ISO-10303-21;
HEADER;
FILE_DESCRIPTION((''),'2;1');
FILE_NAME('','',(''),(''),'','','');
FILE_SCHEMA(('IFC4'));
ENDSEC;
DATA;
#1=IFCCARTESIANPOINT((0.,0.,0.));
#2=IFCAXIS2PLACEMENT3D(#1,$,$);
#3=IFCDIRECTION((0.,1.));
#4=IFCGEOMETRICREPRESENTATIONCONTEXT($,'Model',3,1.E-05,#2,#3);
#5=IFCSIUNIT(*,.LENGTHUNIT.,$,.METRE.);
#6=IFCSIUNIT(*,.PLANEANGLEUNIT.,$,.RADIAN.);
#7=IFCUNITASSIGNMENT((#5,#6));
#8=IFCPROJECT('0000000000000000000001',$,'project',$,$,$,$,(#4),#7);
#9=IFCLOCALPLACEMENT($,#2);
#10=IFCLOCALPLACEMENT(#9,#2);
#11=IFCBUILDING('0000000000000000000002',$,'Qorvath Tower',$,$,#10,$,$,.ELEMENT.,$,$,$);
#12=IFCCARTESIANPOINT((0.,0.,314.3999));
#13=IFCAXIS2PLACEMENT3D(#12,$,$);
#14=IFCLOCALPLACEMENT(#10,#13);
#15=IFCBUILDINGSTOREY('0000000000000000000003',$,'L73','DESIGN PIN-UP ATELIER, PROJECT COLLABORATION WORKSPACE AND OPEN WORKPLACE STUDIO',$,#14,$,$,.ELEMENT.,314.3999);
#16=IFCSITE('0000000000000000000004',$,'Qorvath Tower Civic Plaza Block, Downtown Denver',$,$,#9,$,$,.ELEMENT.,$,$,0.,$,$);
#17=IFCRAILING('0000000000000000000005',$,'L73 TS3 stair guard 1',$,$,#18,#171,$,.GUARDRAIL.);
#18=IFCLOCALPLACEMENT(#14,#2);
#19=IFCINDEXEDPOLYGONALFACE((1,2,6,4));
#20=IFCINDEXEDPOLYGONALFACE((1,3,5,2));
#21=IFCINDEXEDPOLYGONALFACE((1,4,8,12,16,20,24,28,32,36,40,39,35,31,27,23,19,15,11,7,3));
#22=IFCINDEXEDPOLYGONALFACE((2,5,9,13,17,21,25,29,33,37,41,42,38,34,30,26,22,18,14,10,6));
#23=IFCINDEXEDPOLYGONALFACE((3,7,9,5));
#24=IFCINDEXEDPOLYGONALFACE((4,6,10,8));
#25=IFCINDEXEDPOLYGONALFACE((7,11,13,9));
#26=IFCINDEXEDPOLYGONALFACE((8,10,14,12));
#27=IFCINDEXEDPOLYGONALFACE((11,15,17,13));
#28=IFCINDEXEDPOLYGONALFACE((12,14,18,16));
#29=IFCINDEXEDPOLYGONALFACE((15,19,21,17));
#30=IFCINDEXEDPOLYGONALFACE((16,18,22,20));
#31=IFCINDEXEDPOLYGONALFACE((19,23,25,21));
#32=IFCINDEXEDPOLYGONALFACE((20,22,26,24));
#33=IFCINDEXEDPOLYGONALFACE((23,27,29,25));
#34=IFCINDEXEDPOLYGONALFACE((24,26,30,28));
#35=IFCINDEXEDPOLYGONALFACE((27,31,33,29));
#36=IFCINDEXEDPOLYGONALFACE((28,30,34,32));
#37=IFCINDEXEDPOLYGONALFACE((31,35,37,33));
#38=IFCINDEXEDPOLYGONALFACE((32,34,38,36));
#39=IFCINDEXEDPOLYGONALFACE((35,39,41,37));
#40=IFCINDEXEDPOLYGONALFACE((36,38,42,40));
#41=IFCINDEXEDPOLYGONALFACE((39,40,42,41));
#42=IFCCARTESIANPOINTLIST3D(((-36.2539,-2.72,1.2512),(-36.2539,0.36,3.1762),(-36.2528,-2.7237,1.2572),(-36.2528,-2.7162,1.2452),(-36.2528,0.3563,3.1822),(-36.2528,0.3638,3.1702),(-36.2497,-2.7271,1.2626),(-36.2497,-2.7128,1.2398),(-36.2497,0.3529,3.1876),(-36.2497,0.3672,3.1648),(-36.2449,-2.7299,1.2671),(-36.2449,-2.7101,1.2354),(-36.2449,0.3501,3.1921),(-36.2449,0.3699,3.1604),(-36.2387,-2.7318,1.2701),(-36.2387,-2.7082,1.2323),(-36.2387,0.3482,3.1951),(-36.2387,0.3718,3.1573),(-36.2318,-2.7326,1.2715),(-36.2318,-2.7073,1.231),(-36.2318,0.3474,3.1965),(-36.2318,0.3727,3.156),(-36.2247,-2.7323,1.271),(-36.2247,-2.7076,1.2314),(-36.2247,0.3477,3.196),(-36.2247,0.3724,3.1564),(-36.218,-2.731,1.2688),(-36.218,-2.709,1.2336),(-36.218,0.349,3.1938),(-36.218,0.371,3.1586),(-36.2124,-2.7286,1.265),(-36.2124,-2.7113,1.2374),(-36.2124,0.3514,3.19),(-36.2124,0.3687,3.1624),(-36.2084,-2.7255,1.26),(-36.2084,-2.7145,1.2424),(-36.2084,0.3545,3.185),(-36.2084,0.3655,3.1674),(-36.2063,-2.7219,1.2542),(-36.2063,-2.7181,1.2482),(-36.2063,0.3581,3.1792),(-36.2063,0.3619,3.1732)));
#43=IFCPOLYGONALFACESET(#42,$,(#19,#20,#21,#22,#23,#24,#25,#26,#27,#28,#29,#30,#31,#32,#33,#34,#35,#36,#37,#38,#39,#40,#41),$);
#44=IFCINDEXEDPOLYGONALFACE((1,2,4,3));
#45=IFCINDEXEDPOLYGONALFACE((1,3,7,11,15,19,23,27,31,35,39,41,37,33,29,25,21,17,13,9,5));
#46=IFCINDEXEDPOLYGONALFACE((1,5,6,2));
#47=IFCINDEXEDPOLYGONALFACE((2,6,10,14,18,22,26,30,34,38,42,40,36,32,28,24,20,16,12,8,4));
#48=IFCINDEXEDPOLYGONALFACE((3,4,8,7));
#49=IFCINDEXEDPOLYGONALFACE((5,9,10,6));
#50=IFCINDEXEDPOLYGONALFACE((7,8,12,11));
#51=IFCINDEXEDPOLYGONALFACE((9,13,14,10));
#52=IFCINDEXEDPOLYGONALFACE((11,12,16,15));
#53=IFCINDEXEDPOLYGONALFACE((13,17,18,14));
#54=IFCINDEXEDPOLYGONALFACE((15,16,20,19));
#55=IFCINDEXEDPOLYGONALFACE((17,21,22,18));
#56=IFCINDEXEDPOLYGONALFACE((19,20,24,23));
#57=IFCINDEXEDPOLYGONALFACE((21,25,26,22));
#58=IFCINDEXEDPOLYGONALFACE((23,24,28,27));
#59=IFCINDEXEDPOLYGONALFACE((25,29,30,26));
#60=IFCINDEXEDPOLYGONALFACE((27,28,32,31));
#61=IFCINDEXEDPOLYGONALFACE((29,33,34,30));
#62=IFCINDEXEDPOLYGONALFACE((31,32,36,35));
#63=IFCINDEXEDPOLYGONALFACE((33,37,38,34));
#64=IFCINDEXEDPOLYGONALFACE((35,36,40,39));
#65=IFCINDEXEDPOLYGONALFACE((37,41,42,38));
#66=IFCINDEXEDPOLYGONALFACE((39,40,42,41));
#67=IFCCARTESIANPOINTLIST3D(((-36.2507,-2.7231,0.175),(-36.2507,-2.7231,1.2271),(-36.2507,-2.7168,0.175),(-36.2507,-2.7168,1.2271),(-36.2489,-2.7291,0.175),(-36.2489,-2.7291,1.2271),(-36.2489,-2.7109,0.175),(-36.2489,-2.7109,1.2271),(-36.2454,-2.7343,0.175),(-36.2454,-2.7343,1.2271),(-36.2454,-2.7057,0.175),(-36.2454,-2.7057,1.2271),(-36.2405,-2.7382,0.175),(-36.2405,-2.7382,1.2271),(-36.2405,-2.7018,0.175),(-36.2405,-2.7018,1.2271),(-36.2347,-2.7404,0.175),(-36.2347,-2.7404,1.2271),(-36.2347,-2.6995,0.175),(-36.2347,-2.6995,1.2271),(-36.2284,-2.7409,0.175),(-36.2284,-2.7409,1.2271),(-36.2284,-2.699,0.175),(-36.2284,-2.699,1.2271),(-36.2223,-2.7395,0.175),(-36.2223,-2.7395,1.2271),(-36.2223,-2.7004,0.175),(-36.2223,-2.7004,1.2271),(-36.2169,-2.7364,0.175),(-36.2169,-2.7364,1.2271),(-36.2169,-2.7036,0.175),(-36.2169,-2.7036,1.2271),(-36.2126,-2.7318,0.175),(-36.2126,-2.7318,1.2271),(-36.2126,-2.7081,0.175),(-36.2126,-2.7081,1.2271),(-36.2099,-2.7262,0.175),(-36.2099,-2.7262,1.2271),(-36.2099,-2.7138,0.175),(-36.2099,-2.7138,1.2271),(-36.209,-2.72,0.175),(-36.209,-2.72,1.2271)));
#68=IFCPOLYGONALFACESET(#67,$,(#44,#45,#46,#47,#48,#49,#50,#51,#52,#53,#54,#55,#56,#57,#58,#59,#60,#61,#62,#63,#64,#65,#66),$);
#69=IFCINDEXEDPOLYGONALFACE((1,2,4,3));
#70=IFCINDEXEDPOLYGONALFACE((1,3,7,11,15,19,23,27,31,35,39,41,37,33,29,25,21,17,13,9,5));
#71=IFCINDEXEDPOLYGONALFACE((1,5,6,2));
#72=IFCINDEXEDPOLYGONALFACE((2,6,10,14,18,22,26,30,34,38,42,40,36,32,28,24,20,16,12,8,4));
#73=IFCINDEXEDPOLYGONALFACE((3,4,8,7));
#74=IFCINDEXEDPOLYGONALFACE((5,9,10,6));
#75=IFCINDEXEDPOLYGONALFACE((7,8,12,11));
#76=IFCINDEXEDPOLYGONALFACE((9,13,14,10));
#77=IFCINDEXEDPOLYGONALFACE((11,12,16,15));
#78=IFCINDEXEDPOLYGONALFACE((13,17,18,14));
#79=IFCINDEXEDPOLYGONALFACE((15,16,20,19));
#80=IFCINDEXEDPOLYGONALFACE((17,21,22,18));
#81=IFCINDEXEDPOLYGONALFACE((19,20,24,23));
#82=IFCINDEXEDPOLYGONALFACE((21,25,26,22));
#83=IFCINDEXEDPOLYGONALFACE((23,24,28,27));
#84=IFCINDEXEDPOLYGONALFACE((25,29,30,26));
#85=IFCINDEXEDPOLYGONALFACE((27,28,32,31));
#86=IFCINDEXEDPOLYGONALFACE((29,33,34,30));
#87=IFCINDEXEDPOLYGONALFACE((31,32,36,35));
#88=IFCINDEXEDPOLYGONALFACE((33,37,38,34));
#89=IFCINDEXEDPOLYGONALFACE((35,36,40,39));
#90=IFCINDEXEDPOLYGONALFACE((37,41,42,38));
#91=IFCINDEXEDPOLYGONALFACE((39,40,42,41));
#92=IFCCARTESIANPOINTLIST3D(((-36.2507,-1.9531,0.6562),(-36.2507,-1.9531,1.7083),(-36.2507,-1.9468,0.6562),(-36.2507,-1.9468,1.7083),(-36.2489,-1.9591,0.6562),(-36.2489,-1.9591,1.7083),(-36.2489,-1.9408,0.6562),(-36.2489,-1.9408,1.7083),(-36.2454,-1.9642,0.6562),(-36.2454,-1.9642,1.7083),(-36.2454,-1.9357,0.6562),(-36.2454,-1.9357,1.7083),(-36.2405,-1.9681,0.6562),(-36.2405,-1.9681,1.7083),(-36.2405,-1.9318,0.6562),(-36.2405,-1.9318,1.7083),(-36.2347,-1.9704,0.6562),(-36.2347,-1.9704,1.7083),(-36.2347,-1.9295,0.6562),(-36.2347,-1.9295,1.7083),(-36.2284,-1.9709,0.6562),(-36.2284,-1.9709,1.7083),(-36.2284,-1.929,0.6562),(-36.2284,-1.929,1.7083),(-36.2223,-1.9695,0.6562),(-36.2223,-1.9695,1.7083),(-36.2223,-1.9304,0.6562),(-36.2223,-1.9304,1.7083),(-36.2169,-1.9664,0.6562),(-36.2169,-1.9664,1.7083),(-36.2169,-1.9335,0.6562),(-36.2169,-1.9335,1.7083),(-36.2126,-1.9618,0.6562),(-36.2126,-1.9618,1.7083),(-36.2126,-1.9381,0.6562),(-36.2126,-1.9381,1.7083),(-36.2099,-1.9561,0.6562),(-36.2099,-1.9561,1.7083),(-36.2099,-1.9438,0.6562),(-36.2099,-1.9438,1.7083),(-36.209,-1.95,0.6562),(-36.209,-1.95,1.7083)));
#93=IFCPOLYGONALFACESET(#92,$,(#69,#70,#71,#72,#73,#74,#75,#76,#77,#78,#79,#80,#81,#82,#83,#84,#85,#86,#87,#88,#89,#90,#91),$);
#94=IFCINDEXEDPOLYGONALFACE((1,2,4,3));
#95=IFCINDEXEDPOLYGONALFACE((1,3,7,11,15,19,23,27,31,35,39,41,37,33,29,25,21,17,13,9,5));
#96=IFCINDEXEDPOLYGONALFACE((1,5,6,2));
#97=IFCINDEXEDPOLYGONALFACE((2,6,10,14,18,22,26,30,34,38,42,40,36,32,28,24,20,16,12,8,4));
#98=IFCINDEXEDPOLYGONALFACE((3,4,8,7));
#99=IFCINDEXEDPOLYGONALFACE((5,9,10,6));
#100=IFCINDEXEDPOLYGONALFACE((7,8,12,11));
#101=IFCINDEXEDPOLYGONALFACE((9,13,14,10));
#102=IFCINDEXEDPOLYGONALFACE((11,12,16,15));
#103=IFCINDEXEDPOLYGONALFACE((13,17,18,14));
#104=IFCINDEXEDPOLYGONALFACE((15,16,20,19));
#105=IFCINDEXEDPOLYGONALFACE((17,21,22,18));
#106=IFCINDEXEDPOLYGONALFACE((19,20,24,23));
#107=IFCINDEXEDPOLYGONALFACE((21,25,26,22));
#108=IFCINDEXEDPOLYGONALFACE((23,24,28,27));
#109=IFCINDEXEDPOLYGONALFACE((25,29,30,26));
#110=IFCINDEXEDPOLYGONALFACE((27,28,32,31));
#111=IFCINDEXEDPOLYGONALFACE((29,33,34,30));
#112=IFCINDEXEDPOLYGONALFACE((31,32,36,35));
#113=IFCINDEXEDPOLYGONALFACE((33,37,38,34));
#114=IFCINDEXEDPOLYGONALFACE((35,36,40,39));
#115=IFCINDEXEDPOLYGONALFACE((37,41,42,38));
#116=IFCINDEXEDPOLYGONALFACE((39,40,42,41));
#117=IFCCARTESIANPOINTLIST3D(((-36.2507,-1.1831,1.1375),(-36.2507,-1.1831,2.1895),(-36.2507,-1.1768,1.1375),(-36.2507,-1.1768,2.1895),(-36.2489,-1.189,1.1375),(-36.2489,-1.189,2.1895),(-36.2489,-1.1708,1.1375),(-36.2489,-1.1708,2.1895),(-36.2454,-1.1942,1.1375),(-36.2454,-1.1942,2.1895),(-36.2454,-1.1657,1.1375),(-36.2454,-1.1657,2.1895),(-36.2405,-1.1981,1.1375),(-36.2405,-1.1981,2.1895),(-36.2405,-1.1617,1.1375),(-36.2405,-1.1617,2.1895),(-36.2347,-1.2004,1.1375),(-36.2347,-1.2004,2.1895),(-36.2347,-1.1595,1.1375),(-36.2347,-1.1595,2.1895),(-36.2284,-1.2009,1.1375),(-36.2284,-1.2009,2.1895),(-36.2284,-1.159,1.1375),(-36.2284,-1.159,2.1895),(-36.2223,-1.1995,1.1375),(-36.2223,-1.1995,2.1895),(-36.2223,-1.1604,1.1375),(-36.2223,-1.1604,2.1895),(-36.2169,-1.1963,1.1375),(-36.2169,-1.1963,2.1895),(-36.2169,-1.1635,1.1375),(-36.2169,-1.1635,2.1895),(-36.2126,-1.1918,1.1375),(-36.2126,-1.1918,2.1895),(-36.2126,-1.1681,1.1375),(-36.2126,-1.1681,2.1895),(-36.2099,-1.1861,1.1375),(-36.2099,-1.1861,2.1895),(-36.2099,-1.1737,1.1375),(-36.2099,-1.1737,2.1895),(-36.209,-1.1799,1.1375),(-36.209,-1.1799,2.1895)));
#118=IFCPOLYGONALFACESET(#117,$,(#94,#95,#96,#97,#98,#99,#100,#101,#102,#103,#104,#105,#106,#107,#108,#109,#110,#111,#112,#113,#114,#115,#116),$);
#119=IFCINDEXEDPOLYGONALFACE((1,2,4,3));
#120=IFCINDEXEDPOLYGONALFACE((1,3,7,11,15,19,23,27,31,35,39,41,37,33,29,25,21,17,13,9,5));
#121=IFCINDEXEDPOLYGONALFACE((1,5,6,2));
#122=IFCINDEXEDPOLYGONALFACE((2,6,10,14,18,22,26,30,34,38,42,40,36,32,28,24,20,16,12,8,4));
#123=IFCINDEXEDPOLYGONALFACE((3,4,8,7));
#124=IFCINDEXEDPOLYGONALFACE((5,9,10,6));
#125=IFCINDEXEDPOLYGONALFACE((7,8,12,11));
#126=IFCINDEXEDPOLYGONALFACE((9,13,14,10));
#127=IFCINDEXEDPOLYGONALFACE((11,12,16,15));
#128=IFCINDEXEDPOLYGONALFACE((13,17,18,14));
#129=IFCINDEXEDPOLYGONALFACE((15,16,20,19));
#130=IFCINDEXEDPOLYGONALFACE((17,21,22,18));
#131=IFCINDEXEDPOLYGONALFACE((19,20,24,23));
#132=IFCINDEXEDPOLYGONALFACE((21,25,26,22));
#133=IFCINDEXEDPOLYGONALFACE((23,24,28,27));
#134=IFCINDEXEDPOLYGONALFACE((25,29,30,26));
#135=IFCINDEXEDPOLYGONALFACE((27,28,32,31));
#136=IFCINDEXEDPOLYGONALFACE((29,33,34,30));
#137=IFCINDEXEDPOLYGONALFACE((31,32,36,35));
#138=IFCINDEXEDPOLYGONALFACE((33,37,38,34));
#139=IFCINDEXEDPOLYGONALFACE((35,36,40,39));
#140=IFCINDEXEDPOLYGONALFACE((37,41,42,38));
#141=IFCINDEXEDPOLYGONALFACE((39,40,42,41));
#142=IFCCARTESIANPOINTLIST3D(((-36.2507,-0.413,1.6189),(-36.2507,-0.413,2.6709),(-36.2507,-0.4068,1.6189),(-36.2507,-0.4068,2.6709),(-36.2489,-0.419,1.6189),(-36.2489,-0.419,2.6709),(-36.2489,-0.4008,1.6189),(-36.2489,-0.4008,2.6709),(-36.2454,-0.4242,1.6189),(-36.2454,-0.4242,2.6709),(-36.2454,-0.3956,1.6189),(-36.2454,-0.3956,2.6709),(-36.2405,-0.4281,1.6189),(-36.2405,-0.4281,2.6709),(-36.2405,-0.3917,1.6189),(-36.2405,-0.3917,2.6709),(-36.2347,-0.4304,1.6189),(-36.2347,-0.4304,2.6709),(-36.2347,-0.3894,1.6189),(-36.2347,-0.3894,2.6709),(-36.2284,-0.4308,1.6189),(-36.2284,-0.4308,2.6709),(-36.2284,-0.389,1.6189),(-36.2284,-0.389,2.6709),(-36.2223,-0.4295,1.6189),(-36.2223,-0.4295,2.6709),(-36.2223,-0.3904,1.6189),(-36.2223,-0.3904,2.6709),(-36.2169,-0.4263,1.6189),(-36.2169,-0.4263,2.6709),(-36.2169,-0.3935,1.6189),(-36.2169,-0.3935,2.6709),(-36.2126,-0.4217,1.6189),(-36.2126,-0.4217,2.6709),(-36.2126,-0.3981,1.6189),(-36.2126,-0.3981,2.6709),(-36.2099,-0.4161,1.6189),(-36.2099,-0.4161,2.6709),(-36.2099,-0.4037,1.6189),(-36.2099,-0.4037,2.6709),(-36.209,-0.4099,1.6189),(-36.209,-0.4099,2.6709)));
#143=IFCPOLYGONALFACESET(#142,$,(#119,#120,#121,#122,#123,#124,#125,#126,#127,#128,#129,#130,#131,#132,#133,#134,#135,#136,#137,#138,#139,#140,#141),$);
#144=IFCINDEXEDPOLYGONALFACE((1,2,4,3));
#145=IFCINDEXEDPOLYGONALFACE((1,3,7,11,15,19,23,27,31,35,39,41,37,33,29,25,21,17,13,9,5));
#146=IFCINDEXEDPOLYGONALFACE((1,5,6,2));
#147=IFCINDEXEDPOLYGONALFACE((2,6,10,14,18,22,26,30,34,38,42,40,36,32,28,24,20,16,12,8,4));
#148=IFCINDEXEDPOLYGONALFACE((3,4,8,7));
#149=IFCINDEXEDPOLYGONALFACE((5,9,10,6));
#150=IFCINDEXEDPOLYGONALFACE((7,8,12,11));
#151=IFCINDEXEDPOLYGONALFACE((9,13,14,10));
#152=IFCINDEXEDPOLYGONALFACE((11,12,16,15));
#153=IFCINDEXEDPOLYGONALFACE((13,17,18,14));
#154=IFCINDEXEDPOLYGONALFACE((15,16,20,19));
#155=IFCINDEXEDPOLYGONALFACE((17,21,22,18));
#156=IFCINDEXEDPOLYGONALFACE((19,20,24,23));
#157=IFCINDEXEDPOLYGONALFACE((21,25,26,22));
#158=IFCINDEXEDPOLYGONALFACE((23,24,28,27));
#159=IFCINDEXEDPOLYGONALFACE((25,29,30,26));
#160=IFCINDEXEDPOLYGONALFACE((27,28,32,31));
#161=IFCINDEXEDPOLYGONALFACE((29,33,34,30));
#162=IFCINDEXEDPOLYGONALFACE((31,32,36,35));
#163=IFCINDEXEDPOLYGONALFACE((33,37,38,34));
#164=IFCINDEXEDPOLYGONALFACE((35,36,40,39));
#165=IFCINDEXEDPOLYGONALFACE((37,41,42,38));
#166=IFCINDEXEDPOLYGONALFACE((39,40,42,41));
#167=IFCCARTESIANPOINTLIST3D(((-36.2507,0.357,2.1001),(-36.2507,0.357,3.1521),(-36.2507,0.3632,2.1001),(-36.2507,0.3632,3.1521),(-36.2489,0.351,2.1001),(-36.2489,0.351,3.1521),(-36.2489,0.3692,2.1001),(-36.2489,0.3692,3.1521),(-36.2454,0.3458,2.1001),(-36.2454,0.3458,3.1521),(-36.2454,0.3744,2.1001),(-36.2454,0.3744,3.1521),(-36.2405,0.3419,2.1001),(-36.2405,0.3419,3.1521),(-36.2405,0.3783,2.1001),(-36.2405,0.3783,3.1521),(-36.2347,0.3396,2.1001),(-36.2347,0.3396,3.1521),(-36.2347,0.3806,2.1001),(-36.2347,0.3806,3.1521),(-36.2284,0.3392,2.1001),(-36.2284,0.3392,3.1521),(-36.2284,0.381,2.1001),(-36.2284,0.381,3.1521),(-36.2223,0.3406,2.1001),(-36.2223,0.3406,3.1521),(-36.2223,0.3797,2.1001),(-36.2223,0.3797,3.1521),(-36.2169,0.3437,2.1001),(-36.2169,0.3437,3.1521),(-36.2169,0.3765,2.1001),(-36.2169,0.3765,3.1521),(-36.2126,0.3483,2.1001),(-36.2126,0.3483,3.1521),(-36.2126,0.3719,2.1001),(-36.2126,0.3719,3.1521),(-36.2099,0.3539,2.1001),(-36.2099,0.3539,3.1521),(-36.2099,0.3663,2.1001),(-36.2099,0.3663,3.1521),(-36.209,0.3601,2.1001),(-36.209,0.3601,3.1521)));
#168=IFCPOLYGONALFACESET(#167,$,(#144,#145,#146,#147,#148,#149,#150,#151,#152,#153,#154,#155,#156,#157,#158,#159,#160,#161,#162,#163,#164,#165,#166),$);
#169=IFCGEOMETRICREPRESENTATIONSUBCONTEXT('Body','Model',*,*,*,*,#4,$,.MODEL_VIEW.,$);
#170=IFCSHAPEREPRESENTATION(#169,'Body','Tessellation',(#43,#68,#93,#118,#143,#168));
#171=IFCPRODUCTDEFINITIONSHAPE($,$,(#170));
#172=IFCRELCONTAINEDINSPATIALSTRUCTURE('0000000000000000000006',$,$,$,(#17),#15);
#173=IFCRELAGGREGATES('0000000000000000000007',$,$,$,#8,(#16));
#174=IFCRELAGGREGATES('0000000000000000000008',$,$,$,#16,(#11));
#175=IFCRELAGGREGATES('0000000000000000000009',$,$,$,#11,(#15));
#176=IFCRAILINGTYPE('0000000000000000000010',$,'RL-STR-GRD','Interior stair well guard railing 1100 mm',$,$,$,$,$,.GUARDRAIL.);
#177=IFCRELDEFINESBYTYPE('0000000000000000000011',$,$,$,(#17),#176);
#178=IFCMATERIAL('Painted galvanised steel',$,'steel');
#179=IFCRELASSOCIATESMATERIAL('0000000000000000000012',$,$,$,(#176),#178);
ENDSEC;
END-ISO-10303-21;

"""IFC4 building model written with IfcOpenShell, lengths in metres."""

from ifc_helpers import new_model, si_unit, direction, frame, origin, origin_2d, place, context, subcontext, project, spatial, circle, extrude, material, type_object, element, save


model = new_model("IFC4")

# Units and contexts
model_context = context("Model", 3, precision=1e-05, world=origin(), true_north=direction((0.0, 1.0)))
body_context = subcontext(model_context, "Body", "Model", "MODEL_VIEW")
ifc_project = project(units=[si_unit("LENGTHUNIT", "METRE"), si_unit("PLANEANGLEUNIT", "RADIAN")], contexts=[model_context])

# Site, building, storey
site_placement = place(None, origin())
site = spatial("IfcSite", under=ifc_project, at=site_placement, Name="Qorvath Tower Civic Plaza Block, Downtown Denver", CompositionType="ELEMENT", RefElevation=0.0)
building_placement = place(site_placement, origin())
building = spatial("IfcBuilding", under=site, at=building_placement, Name="Qorvath Tower", CompositionType="ELEMENT")
storey_placement = place(building_placement, frame((0.0, 0.0, 314.3999)))
storey = spatial("IfcBuildingStorey", under=building, at=storey_placement, Name="L73", Description="DESIGN PIN-UP ATELIER, PROJECT COLLABORATION WORKSPACE AND OPEN WORKPLACE STUDIO", CompositionType="ELEMENT", Elevation=314.3999)

# Railing
ifc_material_1 = material(Name="Painted galvanised steel", Category="steel")
railing_type = type_object("IfcRailingType", Name="RL-STR-GRD", Description="Interior stair well guard railing 1100 mm", PredefinedType="GUARDRAIL", material=ifc_material_1)
railing_1_placement = place(storey_placement, frame((-36.23, -2.72, 0.175)))
element("IfcRailing", 1, at=railing_1_placement, inside=storey, type_object=railing_type, Name="L73 TS3 stair guard 1", PredefinedType="GUARDRAIL", context=body_context, shape_type="SweptSolid", body=[
    extrude(circle(Radius=0.0239, at=origin_2d()), frame((0.0, 0.0, 1.0762), z_axis=(0.0, 0.847998, 0.529999), x_axis=(-1.0, 0.0, 0.0)), (0.0, 0.0, 1.0), 3.6321),
    extrude(circle(Radius=0.021, at=origin_2d()), origin(), (0.0, 0.0, 1.0), 1.052),
    extrude(circle(Radius=0.021, at=origin_2d()), frame((0.0, 0.77, 0.4812)), (0.0, 0.0, 1.0), 1.052),
    extrude(circle(Radius=0.021, at=origin_2d()), frame((0.0, 1.54, 0.9624)), (0.0, 0.0, 1.0), 1.052),
    extrude(circle(Radius=0.021, at=origin_2d()), frame((0.0, 2.3101, 1.4438)), (0.0, 0.0, 1.0), 1.052),
    extrude(circle(Radius=0.021, at=origin_2d()), frame((0.0, 3.0801, 1.925)), (0.0, 0.0, 1.0), 1.052),
])

save(model, "model.ifc")
